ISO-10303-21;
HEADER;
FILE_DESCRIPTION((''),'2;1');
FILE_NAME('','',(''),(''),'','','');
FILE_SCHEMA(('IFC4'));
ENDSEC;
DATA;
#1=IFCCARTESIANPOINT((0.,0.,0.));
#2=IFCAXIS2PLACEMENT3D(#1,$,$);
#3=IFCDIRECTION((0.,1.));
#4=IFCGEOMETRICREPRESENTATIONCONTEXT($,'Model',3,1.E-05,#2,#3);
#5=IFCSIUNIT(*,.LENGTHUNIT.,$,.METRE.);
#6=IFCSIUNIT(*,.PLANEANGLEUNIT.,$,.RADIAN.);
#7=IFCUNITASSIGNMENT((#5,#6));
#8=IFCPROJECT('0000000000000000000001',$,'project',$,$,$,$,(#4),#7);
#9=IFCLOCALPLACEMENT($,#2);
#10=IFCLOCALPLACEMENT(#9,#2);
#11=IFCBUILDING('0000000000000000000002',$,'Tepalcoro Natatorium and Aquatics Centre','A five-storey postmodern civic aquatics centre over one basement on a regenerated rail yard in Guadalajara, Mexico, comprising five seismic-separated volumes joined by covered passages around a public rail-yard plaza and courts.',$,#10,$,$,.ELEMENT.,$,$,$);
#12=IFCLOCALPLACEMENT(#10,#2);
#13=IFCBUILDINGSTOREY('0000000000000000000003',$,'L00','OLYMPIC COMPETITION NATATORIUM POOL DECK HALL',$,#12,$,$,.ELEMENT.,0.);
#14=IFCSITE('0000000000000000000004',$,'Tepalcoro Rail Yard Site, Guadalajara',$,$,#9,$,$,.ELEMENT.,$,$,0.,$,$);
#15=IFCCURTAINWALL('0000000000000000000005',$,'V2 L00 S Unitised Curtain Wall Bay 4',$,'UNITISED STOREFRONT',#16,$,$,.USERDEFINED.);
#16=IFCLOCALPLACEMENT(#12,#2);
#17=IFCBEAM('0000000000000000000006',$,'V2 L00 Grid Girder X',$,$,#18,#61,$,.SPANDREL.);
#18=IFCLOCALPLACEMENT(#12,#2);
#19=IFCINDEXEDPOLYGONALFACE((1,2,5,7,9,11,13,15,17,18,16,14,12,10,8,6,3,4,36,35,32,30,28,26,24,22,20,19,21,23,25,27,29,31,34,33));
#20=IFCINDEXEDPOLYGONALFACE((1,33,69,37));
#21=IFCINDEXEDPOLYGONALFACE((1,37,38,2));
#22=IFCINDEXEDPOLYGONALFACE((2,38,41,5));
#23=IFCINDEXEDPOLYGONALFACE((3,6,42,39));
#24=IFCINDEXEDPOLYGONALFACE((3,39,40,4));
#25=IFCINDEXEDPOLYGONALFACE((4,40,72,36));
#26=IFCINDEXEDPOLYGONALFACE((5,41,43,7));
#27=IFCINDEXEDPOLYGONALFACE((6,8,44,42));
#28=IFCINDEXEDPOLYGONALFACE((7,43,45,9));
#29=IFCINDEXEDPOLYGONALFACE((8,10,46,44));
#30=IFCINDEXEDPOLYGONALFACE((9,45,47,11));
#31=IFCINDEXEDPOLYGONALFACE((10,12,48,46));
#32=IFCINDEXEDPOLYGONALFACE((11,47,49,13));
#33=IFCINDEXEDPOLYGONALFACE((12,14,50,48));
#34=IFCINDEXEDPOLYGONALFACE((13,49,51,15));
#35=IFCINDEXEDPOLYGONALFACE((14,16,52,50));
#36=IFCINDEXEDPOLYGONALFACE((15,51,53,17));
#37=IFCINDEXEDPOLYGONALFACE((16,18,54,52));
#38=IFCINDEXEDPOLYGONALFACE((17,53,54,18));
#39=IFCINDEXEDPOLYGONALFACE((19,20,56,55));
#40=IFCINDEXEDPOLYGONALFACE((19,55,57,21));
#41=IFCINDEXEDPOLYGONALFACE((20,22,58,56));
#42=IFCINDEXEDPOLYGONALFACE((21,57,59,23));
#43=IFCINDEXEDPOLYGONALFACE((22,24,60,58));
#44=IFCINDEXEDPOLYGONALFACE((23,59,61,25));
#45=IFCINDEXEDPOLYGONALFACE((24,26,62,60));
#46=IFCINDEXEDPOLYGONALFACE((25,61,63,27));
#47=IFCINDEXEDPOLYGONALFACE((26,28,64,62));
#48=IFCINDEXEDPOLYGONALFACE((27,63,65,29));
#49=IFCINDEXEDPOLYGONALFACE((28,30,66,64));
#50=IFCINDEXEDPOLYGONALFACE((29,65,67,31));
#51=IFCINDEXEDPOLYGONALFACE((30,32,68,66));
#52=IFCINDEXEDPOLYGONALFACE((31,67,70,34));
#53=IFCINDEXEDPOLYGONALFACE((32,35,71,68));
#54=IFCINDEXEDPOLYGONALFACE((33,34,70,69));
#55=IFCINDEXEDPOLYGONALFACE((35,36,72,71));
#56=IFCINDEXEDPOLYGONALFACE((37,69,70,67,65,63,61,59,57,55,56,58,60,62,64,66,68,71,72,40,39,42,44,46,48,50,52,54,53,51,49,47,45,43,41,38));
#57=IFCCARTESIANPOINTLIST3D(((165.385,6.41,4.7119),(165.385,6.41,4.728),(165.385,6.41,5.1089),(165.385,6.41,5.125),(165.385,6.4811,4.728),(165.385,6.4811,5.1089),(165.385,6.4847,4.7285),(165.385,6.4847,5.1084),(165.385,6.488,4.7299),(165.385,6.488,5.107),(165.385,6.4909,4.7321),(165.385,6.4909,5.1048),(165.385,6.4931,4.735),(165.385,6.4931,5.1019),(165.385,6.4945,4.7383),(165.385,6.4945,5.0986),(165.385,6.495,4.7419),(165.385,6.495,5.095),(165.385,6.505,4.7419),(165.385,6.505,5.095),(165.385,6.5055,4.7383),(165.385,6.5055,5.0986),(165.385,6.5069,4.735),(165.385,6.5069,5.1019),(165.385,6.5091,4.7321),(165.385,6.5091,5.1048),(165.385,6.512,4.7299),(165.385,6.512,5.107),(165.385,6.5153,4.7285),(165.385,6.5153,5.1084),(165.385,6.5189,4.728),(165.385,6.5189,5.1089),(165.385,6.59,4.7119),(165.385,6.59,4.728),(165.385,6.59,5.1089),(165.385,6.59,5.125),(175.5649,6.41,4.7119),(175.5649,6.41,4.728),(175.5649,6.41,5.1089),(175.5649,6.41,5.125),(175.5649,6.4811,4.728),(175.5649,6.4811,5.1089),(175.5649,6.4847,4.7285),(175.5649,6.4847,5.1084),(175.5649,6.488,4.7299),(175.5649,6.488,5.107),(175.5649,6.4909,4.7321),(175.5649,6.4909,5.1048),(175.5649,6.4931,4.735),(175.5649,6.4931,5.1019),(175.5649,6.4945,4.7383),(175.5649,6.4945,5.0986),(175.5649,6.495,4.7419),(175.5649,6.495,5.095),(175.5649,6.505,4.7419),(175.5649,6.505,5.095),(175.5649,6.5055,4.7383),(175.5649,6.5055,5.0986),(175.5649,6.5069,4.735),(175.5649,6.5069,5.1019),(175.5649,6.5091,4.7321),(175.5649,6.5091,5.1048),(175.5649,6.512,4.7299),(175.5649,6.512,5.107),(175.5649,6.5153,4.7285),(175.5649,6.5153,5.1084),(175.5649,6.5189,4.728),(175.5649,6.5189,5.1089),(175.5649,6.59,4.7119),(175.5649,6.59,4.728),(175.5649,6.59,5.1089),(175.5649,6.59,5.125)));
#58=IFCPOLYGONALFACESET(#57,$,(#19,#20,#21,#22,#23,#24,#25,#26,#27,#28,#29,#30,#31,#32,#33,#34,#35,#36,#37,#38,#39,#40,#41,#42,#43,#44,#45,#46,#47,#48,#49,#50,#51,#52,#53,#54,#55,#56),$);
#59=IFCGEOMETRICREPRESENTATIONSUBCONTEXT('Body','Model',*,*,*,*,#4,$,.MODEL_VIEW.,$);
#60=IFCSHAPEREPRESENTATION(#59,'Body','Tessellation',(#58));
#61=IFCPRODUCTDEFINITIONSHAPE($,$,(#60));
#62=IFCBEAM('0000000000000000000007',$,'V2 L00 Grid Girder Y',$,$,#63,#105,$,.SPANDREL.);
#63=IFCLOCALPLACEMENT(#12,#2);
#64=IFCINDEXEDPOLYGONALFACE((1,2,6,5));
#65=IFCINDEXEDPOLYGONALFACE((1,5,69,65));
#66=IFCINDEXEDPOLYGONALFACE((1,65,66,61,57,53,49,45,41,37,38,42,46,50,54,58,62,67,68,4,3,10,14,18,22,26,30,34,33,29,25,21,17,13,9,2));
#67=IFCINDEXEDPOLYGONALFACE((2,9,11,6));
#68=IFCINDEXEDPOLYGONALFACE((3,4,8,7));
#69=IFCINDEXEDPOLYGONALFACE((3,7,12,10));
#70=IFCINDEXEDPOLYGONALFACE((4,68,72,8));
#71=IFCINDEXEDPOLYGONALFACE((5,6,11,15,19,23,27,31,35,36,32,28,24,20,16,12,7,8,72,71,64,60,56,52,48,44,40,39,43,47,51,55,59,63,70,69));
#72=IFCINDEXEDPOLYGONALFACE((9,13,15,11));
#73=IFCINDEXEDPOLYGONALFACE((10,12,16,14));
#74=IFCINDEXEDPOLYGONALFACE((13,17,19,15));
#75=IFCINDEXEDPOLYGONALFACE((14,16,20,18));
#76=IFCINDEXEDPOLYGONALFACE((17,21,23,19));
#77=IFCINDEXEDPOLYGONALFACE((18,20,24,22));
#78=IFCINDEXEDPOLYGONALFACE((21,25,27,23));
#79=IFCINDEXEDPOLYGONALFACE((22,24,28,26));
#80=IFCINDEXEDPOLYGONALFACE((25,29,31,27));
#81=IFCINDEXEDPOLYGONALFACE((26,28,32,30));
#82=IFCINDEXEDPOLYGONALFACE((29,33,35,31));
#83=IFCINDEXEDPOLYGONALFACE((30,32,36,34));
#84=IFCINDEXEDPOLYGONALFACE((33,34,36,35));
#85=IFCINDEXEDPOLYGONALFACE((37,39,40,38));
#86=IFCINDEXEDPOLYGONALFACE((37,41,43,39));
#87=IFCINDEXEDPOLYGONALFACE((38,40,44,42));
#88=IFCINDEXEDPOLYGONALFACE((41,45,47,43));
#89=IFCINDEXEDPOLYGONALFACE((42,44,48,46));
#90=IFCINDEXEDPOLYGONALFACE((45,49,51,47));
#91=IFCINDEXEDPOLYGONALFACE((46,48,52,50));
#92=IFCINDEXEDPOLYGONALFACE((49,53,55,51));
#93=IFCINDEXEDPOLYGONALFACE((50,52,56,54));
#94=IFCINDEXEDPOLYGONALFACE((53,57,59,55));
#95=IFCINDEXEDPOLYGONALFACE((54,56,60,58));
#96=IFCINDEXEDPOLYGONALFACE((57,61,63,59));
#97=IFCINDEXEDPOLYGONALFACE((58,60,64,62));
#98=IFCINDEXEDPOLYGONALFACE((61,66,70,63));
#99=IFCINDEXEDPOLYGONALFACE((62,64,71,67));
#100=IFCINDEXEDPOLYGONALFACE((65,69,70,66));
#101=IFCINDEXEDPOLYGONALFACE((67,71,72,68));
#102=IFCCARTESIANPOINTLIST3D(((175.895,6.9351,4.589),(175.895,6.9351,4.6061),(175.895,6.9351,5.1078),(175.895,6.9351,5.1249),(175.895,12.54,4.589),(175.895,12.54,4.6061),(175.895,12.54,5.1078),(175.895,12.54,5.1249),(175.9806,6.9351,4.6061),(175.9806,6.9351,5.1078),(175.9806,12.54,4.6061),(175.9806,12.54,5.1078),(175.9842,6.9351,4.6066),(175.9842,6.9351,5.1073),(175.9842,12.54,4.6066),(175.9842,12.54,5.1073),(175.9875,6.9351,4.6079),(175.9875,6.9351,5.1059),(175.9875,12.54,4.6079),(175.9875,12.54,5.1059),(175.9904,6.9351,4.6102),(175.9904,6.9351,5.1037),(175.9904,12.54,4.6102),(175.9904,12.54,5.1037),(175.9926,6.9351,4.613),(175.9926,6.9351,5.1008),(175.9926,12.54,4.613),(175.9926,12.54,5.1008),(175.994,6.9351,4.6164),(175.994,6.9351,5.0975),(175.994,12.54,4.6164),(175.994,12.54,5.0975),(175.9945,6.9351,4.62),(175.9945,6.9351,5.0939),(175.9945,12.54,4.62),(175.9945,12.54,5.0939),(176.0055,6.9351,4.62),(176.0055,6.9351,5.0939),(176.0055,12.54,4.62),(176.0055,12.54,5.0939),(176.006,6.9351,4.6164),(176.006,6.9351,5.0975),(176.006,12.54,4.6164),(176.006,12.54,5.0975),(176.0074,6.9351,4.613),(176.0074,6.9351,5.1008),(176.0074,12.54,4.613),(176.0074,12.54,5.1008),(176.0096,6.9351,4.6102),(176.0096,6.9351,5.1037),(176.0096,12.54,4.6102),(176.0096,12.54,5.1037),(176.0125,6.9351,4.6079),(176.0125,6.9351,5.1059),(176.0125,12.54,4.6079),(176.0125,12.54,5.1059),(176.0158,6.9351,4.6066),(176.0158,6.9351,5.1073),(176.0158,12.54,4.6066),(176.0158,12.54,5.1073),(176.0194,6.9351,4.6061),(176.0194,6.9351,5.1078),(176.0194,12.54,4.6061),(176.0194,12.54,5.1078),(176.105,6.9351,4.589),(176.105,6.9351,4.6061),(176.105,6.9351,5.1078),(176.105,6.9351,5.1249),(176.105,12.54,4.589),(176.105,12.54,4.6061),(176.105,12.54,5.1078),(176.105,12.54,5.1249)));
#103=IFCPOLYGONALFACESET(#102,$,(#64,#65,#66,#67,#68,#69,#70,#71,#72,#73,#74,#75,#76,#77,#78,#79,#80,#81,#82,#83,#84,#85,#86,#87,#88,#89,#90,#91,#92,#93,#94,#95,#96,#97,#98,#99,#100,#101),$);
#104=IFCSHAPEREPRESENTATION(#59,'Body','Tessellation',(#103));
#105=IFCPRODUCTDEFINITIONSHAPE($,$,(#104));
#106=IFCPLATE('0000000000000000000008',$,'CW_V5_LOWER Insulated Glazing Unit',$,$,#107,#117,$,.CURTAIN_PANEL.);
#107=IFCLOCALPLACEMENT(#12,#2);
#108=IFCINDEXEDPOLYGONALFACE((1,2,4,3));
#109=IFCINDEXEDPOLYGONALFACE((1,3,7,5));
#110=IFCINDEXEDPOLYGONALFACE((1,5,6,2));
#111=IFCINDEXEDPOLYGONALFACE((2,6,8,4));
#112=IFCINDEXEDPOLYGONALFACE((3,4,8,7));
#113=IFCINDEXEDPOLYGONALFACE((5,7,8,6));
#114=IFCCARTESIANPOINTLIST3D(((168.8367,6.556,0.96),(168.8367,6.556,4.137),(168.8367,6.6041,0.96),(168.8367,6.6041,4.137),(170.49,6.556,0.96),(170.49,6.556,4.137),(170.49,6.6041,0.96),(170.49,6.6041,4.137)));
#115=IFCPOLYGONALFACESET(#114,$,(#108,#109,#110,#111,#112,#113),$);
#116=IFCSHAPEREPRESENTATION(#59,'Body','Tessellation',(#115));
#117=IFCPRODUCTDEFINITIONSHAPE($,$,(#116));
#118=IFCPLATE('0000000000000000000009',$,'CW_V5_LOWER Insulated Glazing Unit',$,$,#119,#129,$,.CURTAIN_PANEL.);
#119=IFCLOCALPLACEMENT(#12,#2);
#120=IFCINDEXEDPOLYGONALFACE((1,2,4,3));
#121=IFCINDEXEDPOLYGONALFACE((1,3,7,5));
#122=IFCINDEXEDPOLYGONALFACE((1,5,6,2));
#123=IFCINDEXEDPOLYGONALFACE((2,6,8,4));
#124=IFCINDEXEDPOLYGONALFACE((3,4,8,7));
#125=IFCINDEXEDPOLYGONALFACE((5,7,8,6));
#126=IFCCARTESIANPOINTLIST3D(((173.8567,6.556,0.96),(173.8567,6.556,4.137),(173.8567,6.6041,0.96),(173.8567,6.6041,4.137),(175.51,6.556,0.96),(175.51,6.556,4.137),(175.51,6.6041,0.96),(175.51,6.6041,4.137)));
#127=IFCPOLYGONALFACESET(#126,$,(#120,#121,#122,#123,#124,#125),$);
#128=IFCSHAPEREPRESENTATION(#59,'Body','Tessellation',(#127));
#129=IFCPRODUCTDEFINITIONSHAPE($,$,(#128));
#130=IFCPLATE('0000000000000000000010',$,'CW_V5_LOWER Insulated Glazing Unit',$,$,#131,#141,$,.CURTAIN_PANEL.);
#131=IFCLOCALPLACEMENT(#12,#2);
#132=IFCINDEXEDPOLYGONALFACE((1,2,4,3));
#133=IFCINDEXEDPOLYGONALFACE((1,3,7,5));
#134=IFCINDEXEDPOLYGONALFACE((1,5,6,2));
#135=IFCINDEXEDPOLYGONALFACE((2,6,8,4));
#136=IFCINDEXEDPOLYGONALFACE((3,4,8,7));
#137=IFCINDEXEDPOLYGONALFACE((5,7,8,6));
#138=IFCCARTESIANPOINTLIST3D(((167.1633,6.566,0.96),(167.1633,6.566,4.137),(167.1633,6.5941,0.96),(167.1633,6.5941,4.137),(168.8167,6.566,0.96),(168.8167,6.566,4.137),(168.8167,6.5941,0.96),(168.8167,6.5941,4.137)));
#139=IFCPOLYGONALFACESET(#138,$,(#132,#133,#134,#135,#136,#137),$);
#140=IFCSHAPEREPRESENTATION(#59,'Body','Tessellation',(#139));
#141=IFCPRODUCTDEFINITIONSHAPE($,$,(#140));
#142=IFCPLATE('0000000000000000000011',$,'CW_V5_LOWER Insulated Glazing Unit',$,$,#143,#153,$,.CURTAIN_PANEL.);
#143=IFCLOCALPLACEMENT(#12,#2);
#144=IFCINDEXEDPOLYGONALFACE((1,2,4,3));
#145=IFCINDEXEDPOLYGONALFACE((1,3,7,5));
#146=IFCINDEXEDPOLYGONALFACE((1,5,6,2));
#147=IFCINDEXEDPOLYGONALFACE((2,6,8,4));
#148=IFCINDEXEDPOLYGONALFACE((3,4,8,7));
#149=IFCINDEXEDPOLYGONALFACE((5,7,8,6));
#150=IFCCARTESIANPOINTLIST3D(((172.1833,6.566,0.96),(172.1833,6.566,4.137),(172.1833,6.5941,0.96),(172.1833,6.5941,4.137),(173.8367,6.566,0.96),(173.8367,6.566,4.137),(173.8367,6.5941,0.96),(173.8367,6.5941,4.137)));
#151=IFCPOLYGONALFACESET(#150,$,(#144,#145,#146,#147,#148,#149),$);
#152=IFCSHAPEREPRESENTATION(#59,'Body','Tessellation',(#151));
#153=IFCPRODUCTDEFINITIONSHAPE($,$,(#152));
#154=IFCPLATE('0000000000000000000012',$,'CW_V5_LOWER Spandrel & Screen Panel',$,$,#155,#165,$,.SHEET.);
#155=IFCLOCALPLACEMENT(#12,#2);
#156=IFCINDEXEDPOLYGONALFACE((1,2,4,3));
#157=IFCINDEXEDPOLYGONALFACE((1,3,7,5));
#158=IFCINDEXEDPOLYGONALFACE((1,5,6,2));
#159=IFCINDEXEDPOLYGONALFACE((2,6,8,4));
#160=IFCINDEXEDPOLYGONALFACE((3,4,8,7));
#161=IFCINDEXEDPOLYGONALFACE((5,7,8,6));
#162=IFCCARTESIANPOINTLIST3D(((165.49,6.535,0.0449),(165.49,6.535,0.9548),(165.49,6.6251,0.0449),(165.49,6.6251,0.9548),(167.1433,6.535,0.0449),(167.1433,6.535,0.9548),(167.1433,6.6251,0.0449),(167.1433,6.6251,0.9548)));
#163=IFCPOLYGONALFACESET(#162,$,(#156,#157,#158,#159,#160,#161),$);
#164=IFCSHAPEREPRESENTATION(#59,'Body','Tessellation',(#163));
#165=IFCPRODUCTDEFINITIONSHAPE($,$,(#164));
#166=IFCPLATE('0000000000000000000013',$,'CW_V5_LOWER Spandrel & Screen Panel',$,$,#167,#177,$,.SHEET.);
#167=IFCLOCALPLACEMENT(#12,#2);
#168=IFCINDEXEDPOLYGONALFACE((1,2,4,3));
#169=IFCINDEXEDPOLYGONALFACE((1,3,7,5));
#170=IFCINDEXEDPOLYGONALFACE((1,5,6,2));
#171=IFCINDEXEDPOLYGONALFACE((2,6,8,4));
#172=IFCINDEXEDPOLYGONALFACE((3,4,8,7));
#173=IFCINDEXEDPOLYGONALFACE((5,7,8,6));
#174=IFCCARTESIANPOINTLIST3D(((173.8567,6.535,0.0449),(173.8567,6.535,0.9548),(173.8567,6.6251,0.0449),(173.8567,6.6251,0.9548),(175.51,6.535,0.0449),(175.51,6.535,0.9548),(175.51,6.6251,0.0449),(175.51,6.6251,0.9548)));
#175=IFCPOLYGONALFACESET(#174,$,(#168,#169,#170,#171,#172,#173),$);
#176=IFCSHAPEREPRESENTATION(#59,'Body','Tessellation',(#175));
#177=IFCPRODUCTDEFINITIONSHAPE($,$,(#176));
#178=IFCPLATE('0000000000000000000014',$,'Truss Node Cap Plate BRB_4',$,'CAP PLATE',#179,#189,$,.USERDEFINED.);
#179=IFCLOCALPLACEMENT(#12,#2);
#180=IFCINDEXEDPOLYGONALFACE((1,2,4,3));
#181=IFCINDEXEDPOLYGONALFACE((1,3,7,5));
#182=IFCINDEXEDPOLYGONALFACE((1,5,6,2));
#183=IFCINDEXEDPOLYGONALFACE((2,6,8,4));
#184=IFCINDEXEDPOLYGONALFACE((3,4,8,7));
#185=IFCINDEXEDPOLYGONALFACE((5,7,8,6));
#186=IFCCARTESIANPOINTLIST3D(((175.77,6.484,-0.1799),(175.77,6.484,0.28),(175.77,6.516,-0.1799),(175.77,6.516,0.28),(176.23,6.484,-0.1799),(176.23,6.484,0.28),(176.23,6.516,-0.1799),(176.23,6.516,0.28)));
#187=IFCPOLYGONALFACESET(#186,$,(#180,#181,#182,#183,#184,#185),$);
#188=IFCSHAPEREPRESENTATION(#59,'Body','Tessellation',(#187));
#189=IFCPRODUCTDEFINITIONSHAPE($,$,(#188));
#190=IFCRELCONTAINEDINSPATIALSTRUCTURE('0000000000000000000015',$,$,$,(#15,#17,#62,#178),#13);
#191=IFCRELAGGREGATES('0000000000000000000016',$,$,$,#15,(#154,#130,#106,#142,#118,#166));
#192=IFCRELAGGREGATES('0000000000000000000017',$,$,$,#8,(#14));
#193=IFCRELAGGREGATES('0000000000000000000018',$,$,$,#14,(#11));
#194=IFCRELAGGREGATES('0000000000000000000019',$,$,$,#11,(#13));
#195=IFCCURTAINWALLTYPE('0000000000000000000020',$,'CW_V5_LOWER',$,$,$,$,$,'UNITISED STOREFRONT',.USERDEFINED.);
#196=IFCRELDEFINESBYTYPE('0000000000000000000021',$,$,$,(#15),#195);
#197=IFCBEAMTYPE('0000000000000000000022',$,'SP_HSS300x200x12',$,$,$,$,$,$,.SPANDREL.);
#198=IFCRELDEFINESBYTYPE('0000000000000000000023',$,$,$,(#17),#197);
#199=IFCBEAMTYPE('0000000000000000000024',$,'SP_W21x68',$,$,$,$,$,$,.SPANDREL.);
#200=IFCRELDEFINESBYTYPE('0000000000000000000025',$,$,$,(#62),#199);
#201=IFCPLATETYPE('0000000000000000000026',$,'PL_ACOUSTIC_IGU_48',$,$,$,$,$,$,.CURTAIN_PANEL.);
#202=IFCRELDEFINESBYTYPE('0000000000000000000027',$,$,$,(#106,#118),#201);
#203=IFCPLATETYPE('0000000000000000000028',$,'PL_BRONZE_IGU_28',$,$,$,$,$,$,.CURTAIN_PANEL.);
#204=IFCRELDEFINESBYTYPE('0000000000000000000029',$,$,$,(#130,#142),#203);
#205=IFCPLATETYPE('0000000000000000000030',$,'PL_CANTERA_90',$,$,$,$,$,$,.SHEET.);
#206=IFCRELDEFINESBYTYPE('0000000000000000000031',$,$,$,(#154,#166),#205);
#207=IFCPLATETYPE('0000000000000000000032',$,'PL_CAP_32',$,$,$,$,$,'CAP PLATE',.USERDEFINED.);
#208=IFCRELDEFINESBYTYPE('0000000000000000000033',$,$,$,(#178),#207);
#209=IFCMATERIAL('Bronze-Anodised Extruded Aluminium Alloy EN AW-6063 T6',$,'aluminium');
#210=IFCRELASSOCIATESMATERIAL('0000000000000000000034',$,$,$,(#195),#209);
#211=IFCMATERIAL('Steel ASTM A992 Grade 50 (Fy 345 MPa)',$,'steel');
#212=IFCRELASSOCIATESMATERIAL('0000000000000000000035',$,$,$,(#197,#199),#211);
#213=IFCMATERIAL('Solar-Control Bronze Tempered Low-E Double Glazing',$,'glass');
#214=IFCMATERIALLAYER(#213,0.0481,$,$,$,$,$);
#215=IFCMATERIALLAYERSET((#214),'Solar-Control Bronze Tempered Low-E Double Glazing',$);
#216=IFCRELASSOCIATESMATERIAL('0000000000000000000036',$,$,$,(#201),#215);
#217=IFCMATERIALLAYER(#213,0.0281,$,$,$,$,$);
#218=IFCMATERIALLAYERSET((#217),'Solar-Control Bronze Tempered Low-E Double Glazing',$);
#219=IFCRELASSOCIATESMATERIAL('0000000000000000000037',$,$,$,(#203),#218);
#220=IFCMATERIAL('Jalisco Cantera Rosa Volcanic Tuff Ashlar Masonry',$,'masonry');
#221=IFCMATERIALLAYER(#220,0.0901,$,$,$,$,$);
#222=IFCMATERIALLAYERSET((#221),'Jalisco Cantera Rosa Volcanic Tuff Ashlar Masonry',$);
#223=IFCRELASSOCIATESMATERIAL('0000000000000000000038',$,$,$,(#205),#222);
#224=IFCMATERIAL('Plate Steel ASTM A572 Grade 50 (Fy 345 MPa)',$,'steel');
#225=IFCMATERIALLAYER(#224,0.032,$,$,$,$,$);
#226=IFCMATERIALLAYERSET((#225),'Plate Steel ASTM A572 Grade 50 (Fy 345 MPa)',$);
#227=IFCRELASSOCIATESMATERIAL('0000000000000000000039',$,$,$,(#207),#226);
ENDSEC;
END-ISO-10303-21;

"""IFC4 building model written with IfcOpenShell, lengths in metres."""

from ifc_helpers import new_model, si_unit, direction, frame, origin, origin_2d, place, context, subcontext, project, spatial, rectangle, i_section, extrude, material, layer, layer_set, material_profile, profile_set, type_object, element, aggregate, save


model = new_model("IFC4")

# Units and contexts
model_context = context("Model", 3, precision=1e-05, world=origin(), true_north=direction((0.0, 1.0)))
body_context = subcontext(model_context, "Body", "Model", "MODEL_VIEW")
ifc_project = project(units=[si_unit("LENGTHUNIT", "METRE"), si_unit("PLANEANGLEUNIT", "RADIAN")], contexts=[model_context])

# Site, building, storey
site_placement = place(None, origin())
site = spatial("IfcSite", under=ifc_project, at=site_placement, Name="Tepalcoro Rail Yard Site, Guadalajara", CompositionType="ELEMENT", RefElevation=0.0)
building_placement = place(site_placement, origin())
building = spatial("IfcBuilding", under=site, at=building_placement, Name="Tepalcoro Natatorium and Aquatics Centre", Description="A five-storey postmodern civic aquatics centre over one basement on a regenerated rail yard in Guadalajara, Mexico, comprising five seismic-separated volumes joined by covered passages around a public rail-yard plaza and courts.", CompositionType="ELEMENT")
storey_placement = place(building_placement, origin())
storey = spatial("IfcBuildingStorey", under=building, at=storey_placement, Name="L00", Description="OLYMPIC COMPETITION NATATORIUM POOL DECK HALL", CompositionType="ELEMENT", Elevation=0.0)

# Shared definitions
ifc_material_1 = material(Name="Steel ASTM A992 Grade 50 (Fy 345 MPa)", Category="steel")

# Curtain wall
ifc_material_2 = material(Name="Bronze-Anodised Extruded Aluminium Alloy EN AW-6063 T6", Category="aluminium")
curtain_wall_type = type_object("IfcCurtainWallType", Name="CW_V5_LOWER", ElementType="UNITISED STOREFRONT", PredefinedType="USERDEFINED", material=ifc_material_2)
curtain_wall_placement = place(storey_placement, origin())
curtain_wall = element("IfcCurtainWall", 1, at=curtain_wall_placement, inside=storey, type_object=curtain_wall_type, Name="V2 L00 S Unitised Curtain Wall Bay 4", ObjectType="UNITISED STOREFRONT", PredefinedType="USERDEFINED")

# Beams
ifc_material_profile_1 = material_profile(ifc_material_1, i_section(OverallWidth=0.1799, OverallDepth=0.4131, WebThickness=0.01, FlangeThickness=0.0161, FilletRadius=0.0139, at=origin_2d()), Name="W16X50")
ifc_profile_set_1 = profile_set([ifc_material_profile_1], Name="Steel ASTM A992 Grade 50 (Fy 345 MPa)")
beam_type_1 = type_object("IfcBeamType", Name="SP_HSS300x200x12", PredefinedType="SPANDREL", material=ifc_profile_set_1)
beam_1_placement = place(storey_placement, frame((165.385, 6.5, 4.9185), z_axis=(1.0, 0.0, 0.0), x_axis=(0.0, 1.0, 0.0)))
element("IfcBeam", 2, at=beam_1_placement, inside=storey, type_object=beam_type_1, Name="V2 L00 Grid Girder X", PredefinedType="SPANDREL", context=body_context, shape_type="SweptSolid", body=[
    extrude(i_section(OverallWidth=0.1799, OverallDepth=0.4131, WebThickness=0.01, FlangeThickness=0.0161, FilletRadius=0.0139, at=origin_2d()), origin(), (0.0, 0.0, 1.0), 10.1799),
])
ifc_material_profile_2 = material_profile(ifc_material_1, i_section(OverallWidth=0.21, OverallDepth=0.5359, WebThickness=0.011, FlangeThickness=0.0171, FilletRadius=0.0139, at=origin_2d()), Name="W21X68")
ifc_profile_set_2 = profile_set([ifc_material_profile_2], Name="Steel ASTM A992 Grade 50 (Fy 345 MPa)")
beam_type_2 = type_object("IfcBeamType", Name="SP_W21x68", PredefinedType="SPANDREL", material=ifc_profile_set_2)
beam_2_placement = place(storey_placement, frame((176.0, 6.9351, 4.8569), z_axis=(0.0, 1.0, 0.0), x_axis=(-1.0, 0.0, 0.0)))
element("IfcBeam", 3, at=beam_2_placement, inside=storey, type_object=beam_type_2, Name="V2 L00 Grid Girder Y", PredefinedType="SPANDREL", context=body_context, shape_type="SweptSolid", body=[
    extrude(i_section(OverallWidth=0.21, OverallDepth=0.5359, WebThickness=0.011, FlangeThickness=0.0171, FilletRadius=0.0139, at=origin_2d()), origin(), (0.0, 0.0, 1.0), 5.605),
])

# Plates
ifc_material_3 = material(Name="Solar-Control Bronze Tempered Low-E Double Glazing", Category="glass")
ifc_layer_1 = layer(ifc_material_3, 0.0481)
ifc_layer_set_1 = layer_set([ifc_layer_1], Name="Solar-Control Bronze Tempered Low-E Double Glazing")
plate_type_1 = type_object("IfcPlateType", Name="PL_ACOUSTIC_IGU_48", PredefinedType="CURTAIN_PANEL", material=ifc_layer_set_1)
plate_1_placement = place(storey_placement, frame((169.6633, 6.5801, 0.96), z_axis=(0.0, 0.0, 1.0), x_axis=(1.0, 0.0, 0.0)))
plate_1 = element("IfcPlate", 4, at=plate_1_placement, type_object=plate_type_1, Name="CW_V5_LOWER Insulated Glazing Unit", PredefinedType="CURTAIN_PANEL", context=body_context, shape_type="SweptSolid", body=[
    extrude(rectangle(XDim=1.6533, YDim=0.0481, at=origin_2d()), origin(), (0.0, 0.0, 1.0), 3.177),
])
plate_2_placement = place(storey_placement, frame((174.6833, 6.5801, 0.96), z_axis=(0.0, 0.0, 1.0), x_axis=(1.0, 0.0, 0.0)))
plate_2 = element("IfcPlate", 5, at=plate_2_placement, type_object=plate_type_1, Name="CW_V5_LOWER Insulated Glazing Unit", PredefinedType="CURTAIN_PANEL", context=body_context, shape_type="SweptSolid", body=[
    extrude(rectangle(XDim=1.6533, YDim=0.0481, at=origin_2d()), origin(), (0.0, 0.0, 1.0), 3.177),
])
ifc_layer_2 = layer(ifc_material_3, 0.0281)
ifc_layer_set_2 = layer_set([ifc_layer_2], Name="Solar-Control Bronze Tempered Low-E Double Glazing")
plate_type_2 = type_object("IfcPlateType", Name="PL_BRONZE_IGU_28", PredefinedType="CURTAIN_PANEL", material=ifc_layer_set_2)
plate_3_placement = place(storey_placement, frame((167.99, 6.5801, 0.96), z_axis=(0.0, 0.0, 1.0), x_axis=(1.0, 0.0, 0.0)))
plate_3 = element("IfcPlate", 6, at=plate_3_placement, type_object=plate_type_2, Name="CW_V5_LOWER Insulated Glazing Unit", PredefinedType="CURTAIN_PANEL", context=body_context, shape_type="SweptSolid", body=[
    extrude(rectangle(XDim=1.6533, YDim=0.0281, at=origin_2d()), origin(), (0.0, 0.0, 1.0), 3.177),
])
plate_4_placement = place(storey_placement, frame((173.01, 6.5801, 0.96), z_axis=(0.0, 0.0, 1.0), x_axis=(1.0, 0.0, 0.0)))
plate_4 = element("IfcPlate", 7, at=plate_4_placement, type_object=plate_type_2, Name="CW_V5_LOWER Insulated Glazing Unit", PredefinedType="CURTAIN_PANEL", context=body_context, shape_type="SweptSolid", body=[
    extrude(rectangle(XDim=1.6533, YDim=0.0281, at=origin_2d()), origin(), (0.0, 0.0, 1.0), 3.177),
])
ifc_material_4 = material(Name="Jalisco Cantera Rosa Volcanic Tuff Ashlar Masonry", Category="masonry")
ifc_layer_3 = layer(ifc_material_4, 0.0901)
ifc_layer_set_3 = layer_set([ifc_layer_3], Name="Jalisco Cantera Rosa Volcanic Tuff Ashlar Masonry")
plate_type_3 = type_object("IfcPlateType", Name="PL_CANTERA_90", PredefinedType="SHEET", material=ifc_layer_set_3)
plate_5_placement = place(storey_placement, frame((166.3167, 6.5801, 0.0449), z_axis=(0.0, 0.0, 1.0), x_axis=(1.0, 0.0, 0.0)))
plate_5 = element("IfcPlate", 8, at=plate_5_placement, type_object=plate_type_3, Name="CW_V5_LOWER Spandrel & Screen Panel", PredefinedType="SHEET", context=body_context, shape_type="SweptSolid", body=[
    extrude(rectangle(XDim=1.6533, YDim=0.0901, at=origin_2d()), origin(), (0.0, 0.0, 1.0), 0.9099),
])
plate_6_placement = place(storey_placement, frame((174.6833, 6.5801, 0.0449), z_axis=(0.0, 0.0, 1.0), x_axis=(1.0, 0.0, 0.0)))
plate_6 = element("IfcPlate", 9, at=plate_6_placement, type_object=plate_type_3, Name="CW_V5_LOWER Spandrel & Screen Panel", PredefinedType="SHEET", context=body_context, shape_type="SweptSolid", body=[
    extrude(rectangle(XDim=1.6533, YDim=0.0901, at=origin_2d()), origin(), (0.0, 0.0, 1.0), 0.9099),
])
ifc_material_5 = material(Name="Plate Steel ASTM A572 Grade 50 (Fy 345 MPa)", Category="steel")
ifc_layer_4 = layer(ifc_material_5, 0.032)
ifc_layer_set_4 = layer_set([ifc_layer_4], Name="Plate Steel ASTM A572 Grade 50 (Fy 345 MPa)")
plate_type_4 = type_object("IfcPlateType", Name="PL_CAP_32", ElementType="CAP PLATE", PredefinedType="USERDEFINED", material=ifc_layer_set_4)
plate_7_placement = place(storey_placement, frame((176.0, 6.5, -0.1799), z_axis=(0.0, 0.0, 1.0), x_axis=(1.0, 0.0, 0.0)))
element("IfcPlate", 10, at=plate_7_placement, inside=storey, type_object=plate_type_4, Name="Truss Node Cap Plate BRB_4", ObjectType="CAP PLATE", PredefinedType="USERDEFINED", context=body_context, shape_type="SweptSolid", body=[
    extrude(rectangle(XDim=0.46, YDim=0.032, at=origin_2d()), origin(), (0.0, 0.0, 1.0), 0.46),
])
aggregate(curtain_wall, [plate_5, plate_3, plate_1, plate_4, plate_2, plate_6])

save(model, "model.ifc")
